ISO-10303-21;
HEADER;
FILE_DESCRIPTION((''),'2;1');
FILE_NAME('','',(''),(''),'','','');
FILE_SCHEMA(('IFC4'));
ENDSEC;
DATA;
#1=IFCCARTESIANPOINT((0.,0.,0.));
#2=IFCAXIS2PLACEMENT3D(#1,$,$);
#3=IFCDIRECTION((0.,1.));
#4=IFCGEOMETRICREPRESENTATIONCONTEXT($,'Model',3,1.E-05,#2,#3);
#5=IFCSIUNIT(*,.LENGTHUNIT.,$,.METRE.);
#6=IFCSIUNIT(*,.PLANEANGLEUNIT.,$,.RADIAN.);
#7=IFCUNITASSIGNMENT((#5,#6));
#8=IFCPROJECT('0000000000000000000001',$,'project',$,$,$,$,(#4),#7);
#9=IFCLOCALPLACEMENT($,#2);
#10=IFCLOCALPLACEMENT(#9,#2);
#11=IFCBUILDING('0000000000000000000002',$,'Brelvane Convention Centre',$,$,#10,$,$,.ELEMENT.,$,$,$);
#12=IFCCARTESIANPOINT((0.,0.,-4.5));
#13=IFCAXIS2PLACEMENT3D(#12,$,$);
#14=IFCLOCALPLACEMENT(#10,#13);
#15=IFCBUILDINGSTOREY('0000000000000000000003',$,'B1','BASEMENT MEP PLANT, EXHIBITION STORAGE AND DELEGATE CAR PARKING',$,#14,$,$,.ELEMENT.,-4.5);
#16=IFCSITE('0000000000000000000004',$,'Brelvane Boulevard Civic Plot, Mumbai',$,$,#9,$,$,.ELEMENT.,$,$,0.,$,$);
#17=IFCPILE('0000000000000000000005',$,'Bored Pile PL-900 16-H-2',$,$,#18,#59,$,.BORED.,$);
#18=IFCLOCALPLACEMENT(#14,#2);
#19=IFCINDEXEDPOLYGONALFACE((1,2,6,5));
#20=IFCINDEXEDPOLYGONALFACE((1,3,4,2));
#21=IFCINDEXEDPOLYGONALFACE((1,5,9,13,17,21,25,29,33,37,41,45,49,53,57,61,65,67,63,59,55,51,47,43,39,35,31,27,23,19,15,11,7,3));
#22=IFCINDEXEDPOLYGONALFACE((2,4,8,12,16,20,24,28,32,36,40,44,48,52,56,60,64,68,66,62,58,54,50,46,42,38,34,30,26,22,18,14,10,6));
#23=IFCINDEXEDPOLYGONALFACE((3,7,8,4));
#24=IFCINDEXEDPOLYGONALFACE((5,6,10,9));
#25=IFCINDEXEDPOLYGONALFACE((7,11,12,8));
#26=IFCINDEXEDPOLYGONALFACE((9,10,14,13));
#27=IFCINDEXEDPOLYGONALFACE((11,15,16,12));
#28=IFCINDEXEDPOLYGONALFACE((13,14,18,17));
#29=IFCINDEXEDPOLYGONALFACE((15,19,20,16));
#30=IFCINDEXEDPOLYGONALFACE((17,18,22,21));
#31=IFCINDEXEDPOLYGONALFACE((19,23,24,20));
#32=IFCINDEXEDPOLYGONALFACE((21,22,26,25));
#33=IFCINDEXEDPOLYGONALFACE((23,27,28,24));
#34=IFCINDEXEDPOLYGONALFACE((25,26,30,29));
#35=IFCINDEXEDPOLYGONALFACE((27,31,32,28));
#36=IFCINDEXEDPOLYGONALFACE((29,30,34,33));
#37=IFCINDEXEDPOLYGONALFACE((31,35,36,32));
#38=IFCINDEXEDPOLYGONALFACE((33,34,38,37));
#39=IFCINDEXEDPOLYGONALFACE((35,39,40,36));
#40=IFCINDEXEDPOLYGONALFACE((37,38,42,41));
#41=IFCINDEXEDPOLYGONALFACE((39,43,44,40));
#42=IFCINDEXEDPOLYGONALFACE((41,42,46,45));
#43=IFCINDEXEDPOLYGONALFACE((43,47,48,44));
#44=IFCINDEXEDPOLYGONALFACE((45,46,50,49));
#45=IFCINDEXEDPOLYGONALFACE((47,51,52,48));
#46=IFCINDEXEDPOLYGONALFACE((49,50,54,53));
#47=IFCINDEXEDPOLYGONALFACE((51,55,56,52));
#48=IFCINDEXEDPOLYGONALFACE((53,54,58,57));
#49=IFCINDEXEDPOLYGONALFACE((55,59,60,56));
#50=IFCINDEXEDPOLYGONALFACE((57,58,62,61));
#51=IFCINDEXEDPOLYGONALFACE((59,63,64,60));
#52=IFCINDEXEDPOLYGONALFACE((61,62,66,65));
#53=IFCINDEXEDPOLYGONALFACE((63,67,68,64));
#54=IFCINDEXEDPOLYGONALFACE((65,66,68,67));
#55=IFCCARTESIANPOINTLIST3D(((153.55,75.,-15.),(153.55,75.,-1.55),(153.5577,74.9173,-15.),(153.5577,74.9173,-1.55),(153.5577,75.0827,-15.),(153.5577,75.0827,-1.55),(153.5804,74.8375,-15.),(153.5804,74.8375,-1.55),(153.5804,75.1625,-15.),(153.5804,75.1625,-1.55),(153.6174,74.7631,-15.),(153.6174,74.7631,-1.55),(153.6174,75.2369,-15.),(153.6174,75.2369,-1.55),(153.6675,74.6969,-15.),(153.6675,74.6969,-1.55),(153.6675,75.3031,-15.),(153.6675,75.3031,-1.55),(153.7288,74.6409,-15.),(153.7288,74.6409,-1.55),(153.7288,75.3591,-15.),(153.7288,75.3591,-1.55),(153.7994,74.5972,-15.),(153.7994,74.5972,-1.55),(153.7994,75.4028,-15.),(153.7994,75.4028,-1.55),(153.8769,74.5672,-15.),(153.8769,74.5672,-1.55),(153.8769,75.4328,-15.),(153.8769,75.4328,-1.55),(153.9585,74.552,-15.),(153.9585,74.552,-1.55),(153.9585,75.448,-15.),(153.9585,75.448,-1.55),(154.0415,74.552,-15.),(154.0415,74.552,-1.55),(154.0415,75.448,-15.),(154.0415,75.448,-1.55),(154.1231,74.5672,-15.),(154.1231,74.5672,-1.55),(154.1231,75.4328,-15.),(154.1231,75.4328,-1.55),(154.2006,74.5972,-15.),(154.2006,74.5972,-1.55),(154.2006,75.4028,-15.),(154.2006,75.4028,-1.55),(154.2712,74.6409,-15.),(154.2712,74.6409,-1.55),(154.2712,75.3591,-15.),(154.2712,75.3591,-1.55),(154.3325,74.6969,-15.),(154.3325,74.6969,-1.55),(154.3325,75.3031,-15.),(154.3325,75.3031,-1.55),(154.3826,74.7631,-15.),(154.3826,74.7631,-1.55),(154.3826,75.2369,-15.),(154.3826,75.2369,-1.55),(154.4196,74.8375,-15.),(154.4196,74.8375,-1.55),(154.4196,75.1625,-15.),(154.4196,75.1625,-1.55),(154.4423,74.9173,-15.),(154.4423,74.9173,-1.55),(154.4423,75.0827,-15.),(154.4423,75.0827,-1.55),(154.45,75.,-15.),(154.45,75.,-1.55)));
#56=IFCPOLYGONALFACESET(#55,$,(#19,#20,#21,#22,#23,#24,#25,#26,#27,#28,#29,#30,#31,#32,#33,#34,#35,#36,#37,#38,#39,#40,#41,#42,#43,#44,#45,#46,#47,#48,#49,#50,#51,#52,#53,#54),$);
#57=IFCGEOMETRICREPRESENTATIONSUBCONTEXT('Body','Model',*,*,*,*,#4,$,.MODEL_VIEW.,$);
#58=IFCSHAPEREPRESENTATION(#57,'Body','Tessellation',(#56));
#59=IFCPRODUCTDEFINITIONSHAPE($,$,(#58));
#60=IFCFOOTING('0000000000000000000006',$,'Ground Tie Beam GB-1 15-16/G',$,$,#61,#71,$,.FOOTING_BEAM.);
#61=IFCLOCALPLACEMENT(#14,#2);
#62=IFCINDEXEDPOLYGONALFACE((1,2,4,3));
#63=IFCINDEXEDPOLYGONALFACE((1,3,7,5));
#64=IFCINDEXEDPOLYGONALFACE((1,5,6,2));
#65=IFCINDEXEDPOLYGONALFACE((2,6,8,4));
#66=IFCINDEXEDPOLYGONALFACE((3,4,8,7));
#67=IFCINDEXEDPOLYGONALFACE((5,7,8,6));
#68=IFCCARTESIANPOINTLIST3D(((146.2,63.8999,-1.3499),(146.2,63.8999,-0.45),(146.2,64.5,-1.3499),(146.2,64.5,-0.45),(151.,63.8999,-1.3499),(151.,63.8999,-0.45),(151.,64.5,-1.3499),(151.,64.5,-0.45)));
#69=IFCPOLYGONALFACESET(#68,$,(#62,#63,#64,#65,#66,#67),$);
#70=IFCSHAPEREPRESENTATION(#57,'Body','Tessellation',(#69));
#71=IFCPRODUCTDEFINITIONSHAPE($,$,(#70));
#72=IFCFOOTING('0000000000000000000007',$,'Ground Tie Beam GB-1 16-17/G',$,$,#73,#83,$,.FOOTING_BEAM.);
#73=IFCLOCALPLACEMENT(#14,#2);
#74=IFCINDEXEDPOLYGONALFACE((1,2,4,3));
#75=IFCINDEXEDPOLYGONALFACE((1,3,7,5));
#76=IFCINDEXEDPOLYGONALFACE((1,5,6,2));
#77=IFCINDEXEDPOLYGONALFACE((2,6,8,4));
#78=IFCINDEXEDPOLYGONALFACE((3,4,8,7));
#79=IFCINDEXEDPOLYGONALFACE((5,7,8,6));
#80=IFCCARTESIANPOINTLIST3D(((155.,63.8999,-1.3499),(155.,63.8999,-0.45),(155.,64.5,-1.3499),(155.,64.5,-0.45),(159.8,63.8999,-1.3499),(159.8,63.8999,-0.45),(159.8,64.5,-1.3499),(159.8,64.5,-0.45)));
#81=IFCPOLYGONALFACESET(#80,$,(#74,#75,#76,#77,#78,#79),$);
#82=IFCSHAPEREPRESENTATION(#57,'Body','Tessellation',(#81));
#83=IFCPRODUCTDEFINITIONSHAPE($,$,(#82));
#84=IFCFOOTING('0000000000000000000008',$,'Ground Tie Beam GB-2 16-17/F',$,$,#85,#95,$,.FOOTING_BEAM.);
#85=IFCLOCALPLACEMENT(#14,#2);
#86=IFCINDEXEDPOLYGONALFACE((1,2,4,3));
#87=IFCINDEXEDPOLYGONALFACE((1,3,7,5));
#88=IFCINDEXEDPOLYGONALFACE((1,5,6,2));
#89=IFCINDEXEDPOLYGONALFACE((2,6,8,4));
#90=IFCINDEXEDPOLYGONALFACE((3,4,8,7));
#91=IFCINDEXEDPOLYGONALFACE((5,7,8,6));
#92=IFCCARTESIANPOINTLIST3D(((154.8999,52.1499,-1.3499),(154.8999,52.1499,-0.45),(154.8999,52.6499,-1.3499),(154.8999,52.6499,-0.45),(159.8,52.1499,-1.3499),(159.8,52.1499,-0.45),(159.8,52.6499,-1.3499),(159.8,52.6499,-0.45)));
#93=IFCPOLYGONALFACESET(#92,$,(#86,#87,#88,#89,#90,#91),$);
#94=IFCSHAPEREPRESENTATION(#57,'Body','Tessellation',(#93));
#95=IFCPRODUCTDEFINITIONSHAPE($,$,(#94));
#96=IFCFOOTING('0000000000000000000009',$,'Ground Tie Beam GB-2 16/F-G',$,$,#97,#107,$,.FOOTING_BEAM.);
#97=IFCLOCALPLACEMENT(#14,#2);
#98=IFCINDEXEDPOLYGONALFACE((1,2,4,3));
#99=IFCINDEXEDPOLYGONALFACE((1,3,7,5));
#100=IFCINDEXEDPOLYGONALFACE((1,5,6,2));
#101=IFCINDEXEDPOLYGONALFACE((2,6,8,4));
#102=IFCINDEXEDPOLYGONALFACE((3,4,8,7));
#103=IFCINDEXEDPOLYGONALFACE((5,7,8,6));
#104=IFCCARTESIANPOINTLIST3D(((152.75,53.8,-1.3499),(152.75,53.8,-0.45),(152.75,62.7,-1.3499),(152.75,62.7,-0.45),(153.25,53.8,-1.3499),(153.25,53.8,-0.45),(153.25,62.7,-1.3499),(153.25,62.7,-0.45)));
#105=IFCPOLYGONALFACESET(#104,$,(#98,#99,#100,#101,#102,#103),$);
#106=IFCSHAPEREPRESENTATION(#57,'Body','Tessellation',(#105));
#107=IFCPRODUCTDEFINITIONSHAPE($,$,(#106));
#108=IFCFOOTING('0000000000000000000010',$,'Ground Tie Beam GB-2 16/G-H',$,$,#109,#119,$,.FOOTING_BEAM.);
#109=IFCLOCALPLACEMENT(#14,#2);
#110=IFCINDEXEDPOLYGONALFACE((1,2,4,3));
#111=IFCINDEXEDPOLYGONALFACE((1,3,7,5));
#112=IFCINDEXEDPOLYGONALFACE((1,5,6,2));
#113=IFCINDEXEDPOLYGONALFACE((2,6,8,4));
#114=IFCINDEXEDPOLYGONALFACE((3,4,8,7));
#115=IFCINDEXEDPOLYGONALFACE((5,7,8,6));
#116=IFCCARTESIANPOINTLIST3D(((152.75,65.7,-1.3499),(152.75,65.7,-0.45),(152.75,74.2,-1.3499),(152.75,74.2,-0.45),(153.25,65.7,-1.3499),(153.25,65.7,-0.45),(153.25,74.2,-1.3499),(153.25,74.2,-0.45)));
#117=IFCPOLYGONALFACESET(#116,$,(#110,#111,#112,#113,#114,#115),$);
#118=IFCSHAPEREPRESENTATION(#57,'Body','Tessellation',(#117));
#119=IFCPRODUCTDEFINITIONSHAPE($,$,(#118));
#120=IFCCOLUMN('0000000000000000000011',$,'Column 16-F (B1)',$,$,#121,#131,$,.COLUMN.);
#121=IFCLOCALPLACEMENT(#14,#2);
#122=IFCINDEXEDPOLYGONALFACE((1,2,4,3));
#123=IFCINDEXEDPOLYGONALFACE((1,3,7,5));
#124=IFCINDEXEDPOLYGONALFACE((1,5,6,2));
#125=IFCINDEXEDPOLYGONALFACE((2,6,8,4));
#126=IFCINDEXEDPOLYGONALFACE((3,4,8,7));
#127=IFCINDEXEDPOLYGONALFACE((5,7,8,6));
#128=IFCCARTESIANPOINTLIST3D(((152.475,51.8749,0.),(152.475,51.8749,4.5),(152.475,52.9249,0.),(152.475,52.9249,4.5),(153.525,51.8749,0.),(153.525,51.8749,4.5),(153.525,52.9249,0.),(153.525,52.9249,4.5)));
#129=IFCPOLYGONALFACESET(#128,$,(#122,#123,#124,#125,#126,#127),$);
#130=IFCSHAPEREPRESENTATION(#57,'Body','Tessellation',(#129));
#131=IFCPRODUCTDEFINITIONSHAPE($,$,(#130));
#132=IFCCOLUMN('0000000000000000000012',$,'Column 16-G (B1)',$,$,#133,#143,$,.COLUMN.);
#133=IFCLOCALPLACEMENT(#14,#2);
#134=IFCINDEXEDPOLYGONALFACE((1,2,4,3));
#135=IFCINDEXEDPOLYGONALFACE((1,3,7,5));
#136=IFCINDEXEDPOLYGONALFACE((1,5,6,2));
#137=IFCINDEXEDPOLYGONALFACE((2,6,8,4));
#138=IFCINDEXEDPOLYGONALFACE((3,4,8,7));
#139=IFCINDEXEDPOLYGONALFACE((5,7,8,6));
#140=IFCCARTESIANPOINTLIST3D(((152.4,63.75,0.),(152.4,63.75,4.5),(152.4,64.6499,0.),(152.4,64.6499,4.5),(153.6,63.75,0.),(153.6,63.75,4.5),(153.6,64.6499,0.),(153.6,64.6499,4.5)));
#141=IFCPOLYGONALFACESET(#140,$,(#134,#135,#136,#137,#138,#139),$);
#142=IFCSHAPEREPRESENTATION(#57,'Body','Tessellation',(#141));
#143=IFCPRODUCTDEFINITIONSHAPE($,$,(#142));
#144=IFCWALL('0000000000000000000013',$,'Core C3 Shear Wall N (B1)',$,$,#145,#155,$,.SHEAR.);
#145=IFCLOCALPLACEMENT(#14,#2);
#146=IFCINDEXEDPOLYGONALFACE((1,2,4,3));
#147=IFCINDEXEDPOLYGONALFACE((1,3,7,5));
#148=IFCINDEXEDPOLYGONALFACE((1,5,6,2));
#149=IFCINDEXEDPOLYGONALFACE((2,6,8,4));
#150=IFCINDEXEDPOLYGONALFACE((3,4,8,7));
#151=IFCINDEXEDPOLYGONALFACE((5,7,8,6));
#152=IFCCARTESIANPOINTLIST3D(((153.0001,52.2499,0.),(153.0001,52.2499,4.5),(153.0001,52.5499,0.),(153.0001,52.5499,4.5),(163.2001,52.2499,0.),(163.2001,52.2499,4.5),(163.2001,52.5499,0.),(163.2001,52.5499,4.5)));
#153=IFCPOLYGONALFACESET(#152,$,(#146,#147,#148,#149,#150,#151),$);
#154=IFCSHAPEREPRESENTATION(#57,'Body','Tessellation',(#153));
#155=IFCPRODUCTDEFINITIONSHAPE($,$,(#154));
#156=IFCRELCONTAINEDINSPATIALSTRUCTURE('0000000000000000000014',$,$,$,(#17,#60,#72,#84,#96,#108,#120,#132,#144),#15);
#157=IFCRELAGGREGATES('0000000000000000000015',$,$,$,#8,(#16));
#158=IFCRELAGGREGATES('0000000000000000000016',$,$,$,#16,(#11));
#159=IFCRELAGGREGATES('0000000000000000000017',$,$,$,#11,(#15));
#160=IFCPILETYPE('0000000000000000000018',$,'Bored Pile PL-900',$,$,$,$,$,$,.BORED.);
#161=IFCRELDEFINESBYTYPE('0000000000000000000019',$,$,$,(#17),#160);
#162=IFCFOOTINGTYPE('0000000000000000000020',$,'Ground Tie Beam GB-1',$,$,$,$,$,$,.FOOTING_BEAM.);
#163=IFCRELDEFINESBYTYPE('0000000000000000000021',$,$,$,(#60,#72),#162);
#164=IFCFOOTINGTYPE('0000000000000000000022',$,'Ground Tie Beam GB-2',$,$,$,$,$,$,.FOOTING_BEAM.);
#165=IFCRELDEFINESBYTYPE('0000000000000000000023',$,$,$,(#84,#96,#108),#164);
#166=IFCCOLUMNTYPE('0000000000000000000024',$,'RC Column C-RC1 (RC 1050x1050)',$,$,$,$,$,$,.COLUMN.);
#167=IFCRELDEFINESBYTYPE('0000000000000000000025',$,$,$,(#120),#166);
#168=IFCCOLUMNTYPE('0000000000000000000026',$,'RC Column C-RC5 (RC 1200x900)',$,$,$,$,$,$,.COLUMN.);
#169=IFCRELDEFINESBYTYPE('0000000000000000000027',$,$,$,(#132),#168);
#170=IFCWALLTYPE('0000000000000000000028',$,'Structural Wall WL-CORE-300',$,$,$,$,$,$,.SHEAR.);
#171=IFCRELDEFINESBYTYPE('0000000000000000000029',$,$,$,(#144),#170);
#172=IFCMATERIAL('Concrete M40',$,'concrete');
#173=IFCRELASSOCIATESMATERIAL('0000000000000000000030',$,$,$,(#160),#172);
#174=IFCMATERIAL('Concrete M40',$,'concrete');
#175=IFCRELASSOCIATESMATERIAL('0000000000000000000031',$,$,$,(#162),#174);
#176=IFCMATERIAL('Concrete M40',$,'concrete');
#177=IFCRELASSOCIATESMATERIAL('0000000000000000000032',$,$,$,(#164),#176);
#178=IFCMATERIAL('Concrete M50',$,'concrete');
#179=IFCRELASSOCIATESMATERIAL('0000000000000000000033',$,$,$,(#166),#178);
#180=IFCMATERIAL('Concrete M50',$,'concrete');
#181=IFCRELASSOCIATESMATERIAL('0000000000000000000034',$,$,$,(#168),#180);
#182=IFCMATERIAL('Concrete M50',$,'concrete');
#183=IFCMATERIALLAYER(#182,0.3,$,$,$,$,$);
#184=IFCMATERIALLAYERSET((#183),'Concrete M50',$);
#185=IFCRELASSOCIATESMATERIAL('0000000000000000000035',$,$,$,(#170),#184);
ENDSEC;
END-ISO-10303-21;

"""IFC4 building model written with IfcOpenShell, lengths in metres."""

from ifc_helpers import new_model, si_unit, direction, frame, frame_2d, origin, origin_2d, place, context, subcontext, project, spatial, rectangle, circle, extrude, material, layer, layer_set, material_profile, profile_set, type_object, element, save


model = new_model("IFC4")

# Units and contexts
model_context = context("Model", 3, precision=1e-05, world=origin(), true_north=direction((0.0, 1.0)))
body_context = subcontext(model_context, "Body", "Model", "MODEL_VIEW")
ifc_project = project(units=[si_unit("LENGTHUNIT", "METRE"), si_unit("PLANEANGLEUNIT", "RADIAN")], contexts=[model_context])

# Site, building, storey
site_placement = place(None, origin())
site = spatial("IfcSite", under=ifc_project, at=site_placement, Name="Brelvane Boulevard Civic Plot, Mumbai", CompositionType="ELEMENT", RefElevation=0.0)
building_placement = place(site_placement, origin())
building = spatial("IfcBuilding", under=site, at=building_placement, Name="Brelvane Convention Centre", CompositionType="ELEMENT")
storey_placement = place(building_placement, frame((0.0, 0.0, -4.5)))
storey = spatial("IfcBuildingStorey", under=building, at=storey_placement, Name="B1", Description="BASEMENT MEP PLANT, EXHIBITION STORAGE AND DELEGATE CAR PARKING", CompositionType="ELEMENT", Elevation=-4.5)

# Pile
ifc_material_1 = material(Name="Concrete M40", Category="concrete")
ifc_material_profile_1 = material_profile(ifc_material_1, circle(Radius=0.45, at=origin_2d()), Name="PILE D900")
ifc_profile_set_1 = profile_set([ifc_material_profile_1], Name="Concrete M40")
pile_type_1 = type_object("IfcPileType", Name="Bored Pile PL-900", PredefinedType="BORED", material=ifc_profile_set_1)
for number, where, z_axis, x_axis, name in (
    (1, (154.0, 75.0, -1.55), (0.0, 0.0, -1.0), (1.0, 0.0, 0.0), "Bored Pile PL-900 16-H-2"),
):
    element("IfcPile", number, at=place(storey_placement, frame(where, z_axis=z_axis, x_axis=x_axis)), inside=storey, type_object=pile_type_1, Name=name, PredefinedType="BORED", context=body_context, shape_type="SweptSolid", body=[
        extrude(circle(Radius=0.45, at=origin_2d()), origin(), (0.0, 0.0, 1.0), 13.45),
    ])

# Footings
ifc_material_2 = material(Name="Concrete M40", Category="concrete")
ifc_material_profile_2 = material_profile(ifc_material_2, rectangle(XDim=0.6001, YDim=0.8999, at=origin_2d()), Name="RC 600x900")
ifc_profile_set_2 = profile_set([ifc_material_profile_2], Name="Concrete M40")
footing_type_1 = type_object("IfcFootingType", Name="Ground Tie Beam GB-1", PredefinedType="FOOTING_BEAM", material=ifc_profile_set_2)
for number, where, z_axis, x_axis, name in (
    (2, (146.2, 64.2, -0.8999), (1.0, 0.0, 0.0), (0.0, 1.0, 0.0), "Ground Tie Beam GB-1 15-16/G"),
    (3, (155.0, 64.2, -0.8999), (1.0, 0.0, 0.0), (0.0, 1.0, 0.0), "Ground Tie Beam GB-1 16-17/G"),
):
    element("IfcFooting", number, at=place(storey_placement, frame(where, z_axis=z_axis, x_axis=x_axis)), inside=storey, type_object=footing_type_1, Name=name, PredefinedType="FOOTING_BEAM", context=body_context, shape_type="SweptSolid", body=[
        extrude(rectangle(XDim=0.6001, YDim=0.8999, at=origin_2d()), origin(), (0.0, 0.0, 1.0), 4.8),
    ])
ifc_material_3 = material(Name="Concrete M40", Category="concrete")
ifc_material_profile_3 = material_profile(ifc_material_3, rectangle(XDim=0.5, YDim=0.8999, at=origin_2d()), Name="RC 500x900")
ifc_profile_set_3 = profile_set([ifc_material_profile_3], Name="Concrete M40")
footing_type_2 = type_object("IfcFootingType", Name="Ground Tie Beam GB-2", PredefinedType="FOOTING_BEAM", material=ifc_profile_set_3)
footing_1_placement = place(storey_placement, frame((154.8999, 52.3999, -0.8999), z_axis=(1.0, 0.0, 0.0), x_axis=(0.0, 1.0, 0.0)))
element("IfcFooting", 4, at=footing_1_placement, inside=storey, type_object=footing_type_2, Name="Ground Tie Beam GB-2 16-17/F", PredefinedType="FOOTING_BEAM", context=body_context, shape_type="SweptSolid", body=[
    extrude(rectangle(XDim=0.5, YDim=0.8999, at=origin_2d()), origin(), (0.0, 0.0, 1.0), 4.9001),
])
footing_2_placement = place(storey_placement, frame((153.0, 53.8, -0.8999), z_axis=(0.0, 1.0, 0.0), x_axis=(-1.0, 0.0, 0.0)))
element("IfcFooting", 5, at=footing_2_placement, inside=storey, type_object=footing_type_2, Name="Ground Tie Beam GB-2 16/F-G", PredefinedType="FOOTING_BEAM", context=body_context, shape_type="SweptSolid", body=[
    extrude(rectangle(XDim=0.5, YDim=0.8999, at=origin_2d()), origin(), (0.0, 0.0, 1.0), 8.8999),
])
footing_3_placement = place(storey_placement, frame((153.0, 65.7, -0.8999), z_axis=(0.0, 1.0, 0.0), x_axis=(-1.0, 0.0, 0.0)))
element("IfcFooting", 6, at=footing_3_placement, inside=storey, type_object=footing_type_2, Name="Ground Tie Beam GB-2 16/G-H", PredefinedType="FOOTING_BEAM", context=body_context, shape_type="SweptSolid", body=[
    extrude(rectangle(XDim=0.5, YDim=0.8999, at=origin_2d()), origin(), (0.0, 0.0, 1.0), 8.5),
])

# Columns
ifc_material_4 = material(Name="Concrete M50", Category="concrete")
ifc_material_profile_4 = material_profile(ifc_material_4, rectangle(XDim=1.05, YDim=1.05, at=origin_2d()), Name="RC 1050x1050")
ifc_profile_set_4 = profile_set([ifc_material_profile_4], Name="Concrete M50")
column_type_1 = type_object("IfcColumnType", Name="RC Column C-RC1 (RC 1050x1050)", PredefinedType="COLUMN", material=ifc_profile_set_4)
column_1_placement = place(storey_placement, frame((153.0, 52.3999, 0.0), z_axis=(0.0, 0.0, 1.0), x_axis=(1.0, 0.0, 0.0)))
element("IfcColumn", 7, at=column_1_placement, inside=storey, type_object=column_type_1, Name="Column 16-F (B1)", PredefinedType="COLUMN", context=body_context, shape_type="SweptSolid", body=[
    extrude(rectangle(XDim=1.05, YDim=1.05, at=origin_2d()), origin(), (0.0, 0.0, 1.0), 4.5),
])
ifc_material_5 = material(Name="Concrete M50", Category="concrete")
ifc_material_profile_5 = material_profile(ifc_material_5, rectangle(XDim=1.2, YDim=0.8999, at=origin_2d()), Name="RC 1200x900")
ifc_profile_set_5 = profile_set([ifc_material_profile_5], Name="Concrete M50")
column_type_2 = type_object("IfcColumnType", Name="RC Column C-RC5 (RC 1200x900)", PredefinedType="COLUMN", material=ifc_profile_set_5)
column_2_placement = place(storey_placement, frame((153.0, 64.2, 0.0), z_axis=(0.0, 0.0, 1.0), x_axis=(1.0, 0.0, 0.0)))
element("IfcColumn", 8, at=column_2_placement, inside=storey, type_object=column_type_2, Name="Column 16-G (B1)", PredefinedType="COLUMN", context=body_context, shape_type="SweptSolid", body=[
    extrude(rectangle(XDim=1.2, YDim=0.8999, at=origin_2d()), origin(), (0.0, 0.0, 1.0), 4.5),
])

# Wall
ifc_material_6 = material(Name="Concrete M50", Category="concrete")
ifc_layer = layer(ifc_material_6, 0.3)
ifc_layer_set = layer_set([ifc_layer], Name="Concrete M50")
wall_type = type_object("IfcWallType", Name="Structural Wall WL-CORE-300", PredefinedType="SHEAR", material=ifc_layer_set)
wall_placement = place(storey_placement, frame((153.0, 52.3999, 0.0), z_axis=(0.0, 0.0, 1.0), x_axis=(1.0, 0.0, 0.0)))
element("IfcWall", 9, at=wall_placement, inside=storey, type_object=wall_type, Name="Core C3 Shear Wall N (B1)", PredefinedType="SHEAR", context=body_context, shape_type="SweptSolid", body=[
    extrude(rectangle(XDim=10.2, YDim=0.3, at=frame_2d((5.1001, 0.0))), origin(), (0.0, 0.0, 1.0), 4.5),
])

save(model, "model.ifc")
